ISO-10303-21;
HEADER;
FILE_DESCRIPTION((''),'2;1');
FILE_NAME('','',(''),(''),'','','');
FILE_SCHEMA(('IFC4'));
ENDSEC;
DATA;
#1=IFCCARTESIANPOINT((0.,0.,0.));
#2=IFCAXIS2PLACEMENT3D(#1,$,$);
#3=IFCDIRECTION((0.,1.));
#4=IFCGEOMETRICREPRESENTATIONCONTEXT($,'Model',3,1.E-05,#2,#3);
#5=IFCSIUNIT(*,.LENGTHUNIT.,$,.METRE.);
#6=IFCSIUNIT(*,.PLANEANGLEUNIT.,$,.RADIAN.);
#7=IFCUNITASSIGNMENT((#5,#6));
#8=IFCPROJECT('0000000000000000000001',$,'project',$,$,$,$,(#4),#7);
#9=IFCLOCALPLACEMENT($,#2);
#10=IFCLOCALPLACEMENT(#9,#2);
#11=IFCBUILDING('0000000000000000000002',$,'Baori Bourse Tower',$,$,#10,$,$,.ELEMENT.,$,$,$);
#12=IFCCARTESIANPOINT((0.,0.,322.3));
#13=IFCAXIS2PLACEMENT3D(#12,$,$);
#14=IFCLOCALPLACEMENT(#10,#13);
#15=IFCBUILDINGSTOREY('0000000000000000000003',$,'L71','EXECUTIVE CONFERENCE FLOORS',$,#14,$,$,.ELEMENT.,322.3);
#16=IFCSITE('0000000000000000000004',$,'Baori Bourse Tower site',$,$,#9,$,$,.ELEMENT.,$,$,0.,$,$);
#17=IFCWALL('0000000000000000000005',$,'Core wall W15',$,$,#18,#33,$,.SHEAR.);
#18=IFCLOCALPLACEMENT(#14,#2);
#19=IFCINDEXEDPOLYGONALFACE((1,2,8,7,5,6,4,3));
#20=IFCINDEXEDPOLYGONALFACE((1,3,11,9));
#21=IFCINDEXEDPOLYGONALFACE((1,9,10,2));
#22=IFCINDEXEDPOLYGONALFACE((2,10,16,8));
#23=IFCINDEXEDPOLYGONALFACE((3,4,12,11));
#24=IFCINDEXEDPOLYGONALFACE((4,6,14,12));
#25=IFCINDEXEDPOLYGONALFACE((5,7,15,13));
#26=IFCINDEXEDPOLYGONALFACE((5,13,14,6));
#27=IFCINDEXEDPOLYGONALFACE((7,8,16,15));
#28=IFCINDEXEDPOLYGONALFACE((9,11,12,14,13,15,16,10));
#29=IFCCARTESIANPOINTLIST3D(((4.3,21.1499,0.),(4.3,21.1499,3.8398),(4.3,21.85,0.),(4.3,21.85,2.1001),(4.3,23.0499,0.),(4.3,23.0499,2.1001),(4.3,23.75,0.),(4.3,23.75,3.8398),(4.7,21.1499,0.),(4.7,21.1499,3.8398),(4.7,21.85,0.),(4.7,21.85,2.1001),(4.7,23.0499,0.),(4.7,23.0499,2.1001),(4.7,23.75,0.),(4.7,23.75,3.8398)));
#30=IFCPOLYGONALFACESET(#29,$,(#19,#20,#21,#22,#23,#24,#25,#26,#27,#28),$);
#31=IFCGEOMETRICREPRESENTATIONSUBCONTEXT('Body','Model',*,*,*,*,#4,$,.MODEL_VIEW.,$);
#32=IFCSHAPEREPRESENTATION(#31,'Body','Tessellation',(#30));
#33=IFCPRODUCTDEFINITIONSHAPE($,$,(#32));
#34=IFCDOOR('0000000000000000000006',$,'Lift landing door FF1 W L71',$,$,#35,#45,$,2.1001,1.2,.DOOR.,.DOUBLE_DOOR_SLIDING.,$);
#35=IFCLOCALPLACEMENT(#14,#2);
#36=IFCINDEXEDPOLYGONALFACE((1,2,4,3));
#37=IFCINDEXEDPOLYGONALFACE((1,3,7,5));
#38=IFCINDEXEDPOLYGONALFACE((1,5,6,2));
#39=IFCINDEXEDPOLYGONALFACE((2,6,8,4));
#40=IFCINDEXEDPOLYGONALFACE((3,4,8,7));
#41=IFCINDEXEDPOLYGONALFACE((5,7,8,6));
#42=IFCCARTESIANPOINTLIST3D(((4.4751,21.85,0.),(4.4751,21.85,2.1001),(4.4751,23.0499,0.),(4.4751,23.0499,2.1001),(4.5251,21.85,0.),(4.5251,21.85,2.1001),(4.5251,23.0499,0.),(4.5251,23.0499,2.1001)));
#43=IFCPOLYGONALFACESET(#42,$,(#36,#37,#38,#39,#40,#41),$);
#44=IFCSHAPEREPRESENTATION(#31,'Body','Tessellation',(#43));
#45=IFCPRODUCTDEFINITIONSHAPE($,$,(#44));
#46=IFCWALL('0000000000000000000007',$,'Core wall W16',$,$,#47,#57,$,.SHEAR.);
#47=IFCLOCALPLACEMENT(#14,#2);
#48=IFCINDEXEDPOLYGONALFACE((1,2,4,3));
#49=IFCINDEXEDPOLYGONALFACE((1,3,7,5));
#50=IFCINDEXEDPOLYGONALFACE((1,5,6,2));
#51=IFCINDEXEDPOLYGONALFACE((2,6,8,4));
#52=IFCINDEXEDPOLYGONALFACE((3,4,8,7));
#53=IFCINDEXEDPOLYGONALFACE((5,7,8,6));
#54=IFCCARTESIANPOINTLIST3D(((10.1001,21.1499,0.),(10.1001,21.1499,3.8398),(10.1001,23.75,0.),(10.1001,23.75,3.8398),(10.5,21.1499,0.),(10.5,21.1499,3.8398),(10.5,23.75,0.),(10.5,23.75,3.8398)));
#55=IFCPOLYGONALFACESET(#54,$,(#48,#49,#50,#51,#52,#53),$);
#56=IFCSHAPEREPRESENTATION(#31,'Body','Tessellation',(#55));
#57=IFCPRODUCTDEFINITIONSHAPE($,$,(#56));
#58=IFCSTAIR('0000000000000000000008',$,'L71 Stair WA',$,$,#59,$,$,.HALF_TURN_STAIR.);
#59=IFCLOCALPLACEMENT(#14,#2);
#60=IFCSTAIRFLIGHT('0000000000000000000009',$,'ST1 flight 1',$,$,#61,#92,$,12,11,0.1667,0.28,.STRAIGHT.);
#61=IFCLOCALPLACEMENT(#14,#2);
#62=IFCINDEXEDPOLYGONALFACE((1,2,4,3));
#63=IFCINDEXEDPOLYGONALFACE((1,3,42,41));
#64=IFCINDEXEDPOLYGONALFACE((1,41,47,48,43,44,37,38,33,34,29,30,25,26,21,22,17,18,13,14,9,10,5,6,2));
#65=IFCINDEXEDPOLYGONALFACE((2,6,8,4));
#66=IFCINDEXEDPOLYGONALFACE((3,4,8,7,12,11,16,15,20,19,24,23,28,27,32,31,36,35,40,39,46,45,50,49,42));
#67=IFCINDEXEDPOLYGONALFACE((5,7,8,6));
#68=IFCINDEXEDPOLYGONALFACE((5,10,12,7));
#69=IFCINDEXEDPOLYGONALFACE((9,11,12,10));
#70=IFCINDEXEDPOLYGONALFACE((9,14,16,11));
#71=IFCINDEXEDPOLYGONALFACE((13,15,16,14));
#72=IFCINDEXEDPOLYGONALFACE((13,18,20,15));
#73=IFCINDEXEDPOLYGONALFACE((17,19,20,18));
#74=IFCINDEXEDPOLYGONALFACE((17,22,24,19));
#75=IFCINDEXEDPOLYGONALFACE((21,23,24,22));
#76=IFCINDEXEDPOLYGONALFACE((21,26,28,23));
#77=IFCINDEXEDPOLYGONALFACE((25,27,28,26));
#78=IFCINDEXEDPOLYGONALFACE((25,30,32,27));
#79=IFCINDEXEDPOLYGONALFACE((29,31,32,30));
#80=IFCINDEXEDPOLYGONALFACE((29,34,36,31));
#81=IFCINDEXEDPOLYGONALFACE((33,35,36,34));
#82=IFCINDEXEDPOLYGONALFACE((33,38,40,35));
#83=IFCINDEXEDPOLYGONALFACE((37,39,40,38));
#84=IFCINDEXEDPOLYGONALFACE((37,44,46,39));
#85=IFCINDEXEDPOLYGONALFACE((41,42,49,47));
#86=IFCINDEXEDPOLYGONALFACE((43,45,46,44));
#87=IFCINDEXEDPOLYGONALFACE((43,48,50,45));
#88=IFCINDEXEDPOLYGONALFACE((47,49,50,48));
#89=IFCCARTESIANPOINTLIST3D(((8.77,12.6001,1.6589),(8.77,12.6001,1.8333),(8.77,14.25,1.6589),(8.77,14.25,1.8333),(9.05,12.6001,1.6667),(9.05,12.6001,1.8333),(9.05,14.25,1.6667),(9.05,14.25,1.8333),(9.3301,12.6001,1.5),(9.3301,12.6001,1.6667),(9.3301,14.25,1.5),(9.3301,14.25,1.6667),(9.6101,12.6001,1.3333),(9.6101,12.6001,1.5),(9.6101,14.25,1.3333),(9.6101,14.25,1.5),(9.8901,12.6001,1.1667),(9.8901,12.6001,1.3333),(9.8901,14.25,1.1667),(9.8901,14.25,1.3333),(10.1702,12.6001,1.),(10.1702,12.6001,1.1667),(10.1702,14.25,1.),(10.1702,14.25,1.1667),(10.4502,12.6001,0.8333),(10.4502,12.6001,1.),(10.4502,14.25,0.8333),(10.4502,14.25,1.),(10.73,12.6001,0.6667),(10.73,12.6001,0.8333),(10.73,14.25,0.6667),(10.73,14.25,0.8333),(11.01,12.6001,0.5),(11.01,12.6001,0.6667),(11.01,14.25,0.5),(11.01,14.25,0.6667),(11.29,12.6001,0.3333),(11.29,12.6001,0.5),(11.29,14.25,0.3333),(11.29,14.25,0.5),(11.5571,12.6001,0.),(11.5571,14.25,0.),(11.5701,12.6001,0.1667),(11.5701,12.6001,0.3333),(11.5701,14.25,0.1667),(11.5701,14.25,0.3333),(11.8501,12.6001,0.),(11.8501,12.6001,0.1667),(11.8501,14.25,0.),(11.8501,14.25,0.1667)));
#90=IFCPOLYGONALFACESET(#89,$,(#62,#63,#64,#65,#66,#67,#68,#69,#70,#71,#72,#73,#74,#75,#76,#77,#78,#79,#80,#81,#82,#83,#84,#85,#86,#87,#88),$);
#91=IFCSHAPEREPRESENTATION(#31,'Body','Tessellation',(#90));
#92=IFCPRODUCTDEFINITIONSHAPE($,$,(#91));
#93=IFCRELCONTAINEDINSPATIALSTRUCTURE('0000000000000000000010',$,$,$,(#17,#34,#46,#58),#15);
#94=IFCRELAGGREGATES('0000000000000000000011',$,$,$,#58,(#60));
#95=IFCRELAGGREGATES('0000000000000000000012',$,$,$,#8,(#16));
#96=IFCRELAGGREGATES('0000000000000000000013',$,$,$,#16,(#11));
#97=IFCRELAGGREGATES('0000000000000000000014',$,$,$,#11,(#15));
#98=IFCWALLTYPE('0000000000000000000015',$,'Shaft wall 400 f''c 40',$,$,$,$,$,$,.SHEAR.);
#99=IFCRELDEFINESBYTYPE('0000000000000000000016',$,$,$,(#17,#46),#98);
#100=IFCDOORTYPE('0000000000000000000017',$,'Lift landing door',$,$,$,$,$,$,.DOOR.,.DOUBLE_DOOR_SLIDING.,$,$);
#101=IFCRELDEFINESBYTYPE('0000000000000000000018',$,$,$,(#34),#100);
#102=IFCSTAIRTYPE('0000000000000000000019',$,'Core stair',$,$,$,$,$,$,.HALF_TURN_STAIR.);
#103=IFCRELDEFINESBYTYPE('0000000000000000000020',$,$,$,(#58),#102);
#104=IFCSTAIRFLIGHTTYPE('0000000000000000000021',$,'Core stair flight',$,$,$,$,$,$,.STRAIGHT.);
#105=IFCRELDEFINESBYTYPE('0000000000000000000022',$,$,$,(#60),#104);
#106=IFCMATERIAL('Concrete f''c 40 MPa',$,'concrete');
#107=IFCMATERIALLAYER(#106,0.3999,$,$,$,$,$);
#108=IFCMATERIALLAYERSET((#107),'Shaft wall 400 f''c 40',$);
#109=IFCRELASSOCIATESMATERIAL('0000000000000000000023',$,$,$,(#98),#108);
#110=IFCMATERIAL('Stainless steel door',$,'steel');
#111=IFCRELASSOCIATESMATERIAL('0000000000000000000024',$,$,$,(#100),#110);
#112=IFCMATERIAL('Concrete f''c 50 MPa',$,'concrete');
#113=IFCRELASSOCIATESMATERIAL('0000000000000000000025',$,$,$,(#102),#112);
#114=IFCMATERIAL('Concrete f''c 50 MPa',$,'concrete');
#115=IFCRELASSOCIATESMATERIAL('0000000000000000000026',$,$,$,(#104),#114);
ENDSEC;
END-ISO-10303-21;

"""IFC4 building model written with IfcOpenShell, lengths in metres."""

from ifc_helpers import new_model, si_unit, direction, frame, frame_2d, origin, place, context, subcontext, project, spatial, polyline, rectangle, outline, extrude, material, layer, layer_set, type_object, element, fill, aggregate, save


model = new_model("IFC4")

# Units and contexts
model_context = context("Model", 3, precision=1e-05, world=origin(), true_north=direction((0.0, 1.0)))
body_context = subcontext(model_context, "Body", "Model", "MODEL_VIEW")
ifc_project = project(units=[si_unit("LENGTHUNIT", "METRE"), si_unit("PLANEANGLEUNIT", "RADIAN")], contexts=[model_context])

# Site, building, storey
site_placement = place(None, origin())
site = spatial("IfcSite", under=ifc_project, at=site_placement, Name="Baori Bourse Tower site", CompositionType="ELEMENT", RefElevation=0.0)
building_placement = place(site_placement, origin())
building = spatial("IfcBuilding", under=site, at=building_placement, Name="Baori Bourse Tower", CompositionType="ELEMENT")
storey_placement = place(building_placement, frame((0.0, 0.0, 322.3)))
storey = spatial("IfcBuildingStorey", under=building, at=storey_placement, Name="L71", Description="EXECUTIVE CONFERENCE FLOORS", CompositionType="ELEMENT", Elevation=322.3)

# Shared definitions
ifc_material_1 = material(Name="Concrete f'c 40 MPa", Category="concrete")
ifc_layer_1 = layer(ifc_material_1, 0.3999)
ifc_layer_set_1 = layer_set([ifc_layer_1], Name="Shaft wall 400 f'c 40")
wall_type_1 = type_object("IfcWallType", Name="Shaft wall 400 f'c 40", PredefinedType="SHEAR", material=ifc_layer_set_1)

# Wall, opening, door
wall_1_placement = place(storey_placement, frame((4.5, 21.1499, 0.0), z_axis=(0.0, 0.0, 1.0), x_axis=(0.0, 1.0, 0.0)))
wall_1 = element("IfcWall", 1, at=wall_1_placement, inside=storey, type_object=wall_type_1, Name="Core wall W15", PredefinedType="SHEAR", context=body_context, shape_type="SweptSolid", body=[
    extrude(rectangle(XDim=2.6001, YDim=0.3999, at=frame_2d((1.3, 0.0))), origin(), (0.0, 0.0, 1.0), 3.8398),
])
opening_1_placement = place(wall_1_placement, frame((0.7, 0.0, 0.0)))
opening_1 = element("IfcOpeningElement", 2, at=opening_1_placement, cuts=wall_1, PredefinedType="OPENING", context=body_context, shape_type="SweptSolid", body=[
    extrude(rectangle(XDim=1.2, YDim=2.1001, at=frame_2d((0.6001, 1.05))), frame((0.0, 0.21, 0.0), z_axis=(0.0, -1.0, 0.0), x_axis=(1.0, 0.0, 0.0)), (0.0, 0.0, 1.0), 0.4199),
])
ifc_material_2 = material(Name="Stainless steel door", Category="steel")
door_type_1 = type_object("IfcDoorType", Name="Lift landing door", OperationType="DOUBLE_DOOR_SLIDING", PredefinedType="DOOR", material=ifc_material_2)
door_1_placement = place(opening_1_placement, origin())
door_1 = element("IfcDoor", 3, at=door_1_placement, inside=storey, type_object=door_type_1, Name="Lift landing door FF1 W L71", OperationType="DOUBLE_DOOR_SLIDING", OverallHeight=2.1001, OverallWidth=1.2, PredefinedType="DOOR", context=body_context, shape_type="SweptSolid", body=[
    extrude(rectangle(XDim=1.2, YDim=2.1001, at=frame_2d((0.6001, 1.05))), frame((0.0, 0.0249, 0.0), z_axis=(0.0, -1.0, 0.0), x_axis=(1.0, 0.0, 0.0)), (0.0, 0.0, 1.0), 0.05),
])
fill(opening_1, door_1)

# Wall
wall_2_placement = place(storey_placement, frame((10.3, 21.1499, 0.0), z_axis=(0.0, 0.0, 1.0), x_axis=(0.0, 1.0, 0.0)))
element("IfcWall", 4, at=wall_2_placement, inside=storey, type_object=wall_type_1, Name="Core wall W16", PredefinedType="SHEAR", context=body_context, shape_type="SweptSolid", body=[
    extrude(rectangle(XDim=2.6001, YDim=0.3999, at=frame_2d((1.3, 0.0))), origin(), (0.0, 0.0, 1.0), 3.8398),
])

# Stair, stair flight
ifc_material_3 = material(Name="Concrete f'c 50 MPa", Category="concrete")
stair_type = type_object("IfcStairType", Name="Core stair", PredefinedType="HALF_TURN_STAIR", material=ifc_material_3)
stair_placement = place(storey_placement, origin())
stair = element("IfcStair", 5, at=stair_placement, inside=storey, type_object=stair_type, Name="L71 Stair WA", PredefinedType="HALF_TURN_STAIR")
ifc_material_4 = material(Name="Concrete f'c 50 MPa", Category="concrete")
stair_flight_type = type_object("IfcStairFlightType", Name="Core stair flight", PredefinedType="STRAIGHT", material=ifc_material_4)
stair_flight_placement = place(storey_placement, frame((11.8501, 13.425, 0.0), z_axis=(0.0, 0.0, 1.0), x_axis=(-1.0, 0.0, 0.0)))
stair_flight = element("IfcStairFlight", 6, at=stair_flight_placement, type_object=stair_flight_type, Name="ST1 flight 1", NumberOfRisers=12, NumberOfTreads=11, PredefinedType="STRAIGHT", RiserHeight=0.1667, TreadLength=0.28, context=body_context, shape_type="SweptSolid", body=[
    extrude(outline(polyline([(0.0, 0.0), (0.0, 0.1667), (0.28, 0.1667), (0.28, 0.3333), (0.5601, 0.3333), (0.5601, 0.5), (0.8401, 0.5), (0.8401, 0.6667), (1.1201, 0.6667), (1.1201, 0.8333), (1.3999, 0.8333), (1.3999, 1.0), (1.6799, 1.0), (1.6799, 1.1667), (1.96, 1.1667), (1.96, 1.3333), (2.24, 1.3333), (2.24, 1.5), (2.52, 1.5), (2.52, 1.6667), (2.8, 1.6667), (2.8, 1.8333), (3.0801, 1.8333), (3.0801, 2.0), (3.0801, 1.6589), (0.293, 0.0), (0.0, 0.0)])), frame((0.0, 0.825, 0.0), z_axis=(0.0, -1.0, 0.0), x_axis=(1.0, 0.0, 0.0)), (0.0, 0.0, 1.0), 1.6499),
])
aggregate(stair, [stair_flight])

save(model, "model.ifc")
